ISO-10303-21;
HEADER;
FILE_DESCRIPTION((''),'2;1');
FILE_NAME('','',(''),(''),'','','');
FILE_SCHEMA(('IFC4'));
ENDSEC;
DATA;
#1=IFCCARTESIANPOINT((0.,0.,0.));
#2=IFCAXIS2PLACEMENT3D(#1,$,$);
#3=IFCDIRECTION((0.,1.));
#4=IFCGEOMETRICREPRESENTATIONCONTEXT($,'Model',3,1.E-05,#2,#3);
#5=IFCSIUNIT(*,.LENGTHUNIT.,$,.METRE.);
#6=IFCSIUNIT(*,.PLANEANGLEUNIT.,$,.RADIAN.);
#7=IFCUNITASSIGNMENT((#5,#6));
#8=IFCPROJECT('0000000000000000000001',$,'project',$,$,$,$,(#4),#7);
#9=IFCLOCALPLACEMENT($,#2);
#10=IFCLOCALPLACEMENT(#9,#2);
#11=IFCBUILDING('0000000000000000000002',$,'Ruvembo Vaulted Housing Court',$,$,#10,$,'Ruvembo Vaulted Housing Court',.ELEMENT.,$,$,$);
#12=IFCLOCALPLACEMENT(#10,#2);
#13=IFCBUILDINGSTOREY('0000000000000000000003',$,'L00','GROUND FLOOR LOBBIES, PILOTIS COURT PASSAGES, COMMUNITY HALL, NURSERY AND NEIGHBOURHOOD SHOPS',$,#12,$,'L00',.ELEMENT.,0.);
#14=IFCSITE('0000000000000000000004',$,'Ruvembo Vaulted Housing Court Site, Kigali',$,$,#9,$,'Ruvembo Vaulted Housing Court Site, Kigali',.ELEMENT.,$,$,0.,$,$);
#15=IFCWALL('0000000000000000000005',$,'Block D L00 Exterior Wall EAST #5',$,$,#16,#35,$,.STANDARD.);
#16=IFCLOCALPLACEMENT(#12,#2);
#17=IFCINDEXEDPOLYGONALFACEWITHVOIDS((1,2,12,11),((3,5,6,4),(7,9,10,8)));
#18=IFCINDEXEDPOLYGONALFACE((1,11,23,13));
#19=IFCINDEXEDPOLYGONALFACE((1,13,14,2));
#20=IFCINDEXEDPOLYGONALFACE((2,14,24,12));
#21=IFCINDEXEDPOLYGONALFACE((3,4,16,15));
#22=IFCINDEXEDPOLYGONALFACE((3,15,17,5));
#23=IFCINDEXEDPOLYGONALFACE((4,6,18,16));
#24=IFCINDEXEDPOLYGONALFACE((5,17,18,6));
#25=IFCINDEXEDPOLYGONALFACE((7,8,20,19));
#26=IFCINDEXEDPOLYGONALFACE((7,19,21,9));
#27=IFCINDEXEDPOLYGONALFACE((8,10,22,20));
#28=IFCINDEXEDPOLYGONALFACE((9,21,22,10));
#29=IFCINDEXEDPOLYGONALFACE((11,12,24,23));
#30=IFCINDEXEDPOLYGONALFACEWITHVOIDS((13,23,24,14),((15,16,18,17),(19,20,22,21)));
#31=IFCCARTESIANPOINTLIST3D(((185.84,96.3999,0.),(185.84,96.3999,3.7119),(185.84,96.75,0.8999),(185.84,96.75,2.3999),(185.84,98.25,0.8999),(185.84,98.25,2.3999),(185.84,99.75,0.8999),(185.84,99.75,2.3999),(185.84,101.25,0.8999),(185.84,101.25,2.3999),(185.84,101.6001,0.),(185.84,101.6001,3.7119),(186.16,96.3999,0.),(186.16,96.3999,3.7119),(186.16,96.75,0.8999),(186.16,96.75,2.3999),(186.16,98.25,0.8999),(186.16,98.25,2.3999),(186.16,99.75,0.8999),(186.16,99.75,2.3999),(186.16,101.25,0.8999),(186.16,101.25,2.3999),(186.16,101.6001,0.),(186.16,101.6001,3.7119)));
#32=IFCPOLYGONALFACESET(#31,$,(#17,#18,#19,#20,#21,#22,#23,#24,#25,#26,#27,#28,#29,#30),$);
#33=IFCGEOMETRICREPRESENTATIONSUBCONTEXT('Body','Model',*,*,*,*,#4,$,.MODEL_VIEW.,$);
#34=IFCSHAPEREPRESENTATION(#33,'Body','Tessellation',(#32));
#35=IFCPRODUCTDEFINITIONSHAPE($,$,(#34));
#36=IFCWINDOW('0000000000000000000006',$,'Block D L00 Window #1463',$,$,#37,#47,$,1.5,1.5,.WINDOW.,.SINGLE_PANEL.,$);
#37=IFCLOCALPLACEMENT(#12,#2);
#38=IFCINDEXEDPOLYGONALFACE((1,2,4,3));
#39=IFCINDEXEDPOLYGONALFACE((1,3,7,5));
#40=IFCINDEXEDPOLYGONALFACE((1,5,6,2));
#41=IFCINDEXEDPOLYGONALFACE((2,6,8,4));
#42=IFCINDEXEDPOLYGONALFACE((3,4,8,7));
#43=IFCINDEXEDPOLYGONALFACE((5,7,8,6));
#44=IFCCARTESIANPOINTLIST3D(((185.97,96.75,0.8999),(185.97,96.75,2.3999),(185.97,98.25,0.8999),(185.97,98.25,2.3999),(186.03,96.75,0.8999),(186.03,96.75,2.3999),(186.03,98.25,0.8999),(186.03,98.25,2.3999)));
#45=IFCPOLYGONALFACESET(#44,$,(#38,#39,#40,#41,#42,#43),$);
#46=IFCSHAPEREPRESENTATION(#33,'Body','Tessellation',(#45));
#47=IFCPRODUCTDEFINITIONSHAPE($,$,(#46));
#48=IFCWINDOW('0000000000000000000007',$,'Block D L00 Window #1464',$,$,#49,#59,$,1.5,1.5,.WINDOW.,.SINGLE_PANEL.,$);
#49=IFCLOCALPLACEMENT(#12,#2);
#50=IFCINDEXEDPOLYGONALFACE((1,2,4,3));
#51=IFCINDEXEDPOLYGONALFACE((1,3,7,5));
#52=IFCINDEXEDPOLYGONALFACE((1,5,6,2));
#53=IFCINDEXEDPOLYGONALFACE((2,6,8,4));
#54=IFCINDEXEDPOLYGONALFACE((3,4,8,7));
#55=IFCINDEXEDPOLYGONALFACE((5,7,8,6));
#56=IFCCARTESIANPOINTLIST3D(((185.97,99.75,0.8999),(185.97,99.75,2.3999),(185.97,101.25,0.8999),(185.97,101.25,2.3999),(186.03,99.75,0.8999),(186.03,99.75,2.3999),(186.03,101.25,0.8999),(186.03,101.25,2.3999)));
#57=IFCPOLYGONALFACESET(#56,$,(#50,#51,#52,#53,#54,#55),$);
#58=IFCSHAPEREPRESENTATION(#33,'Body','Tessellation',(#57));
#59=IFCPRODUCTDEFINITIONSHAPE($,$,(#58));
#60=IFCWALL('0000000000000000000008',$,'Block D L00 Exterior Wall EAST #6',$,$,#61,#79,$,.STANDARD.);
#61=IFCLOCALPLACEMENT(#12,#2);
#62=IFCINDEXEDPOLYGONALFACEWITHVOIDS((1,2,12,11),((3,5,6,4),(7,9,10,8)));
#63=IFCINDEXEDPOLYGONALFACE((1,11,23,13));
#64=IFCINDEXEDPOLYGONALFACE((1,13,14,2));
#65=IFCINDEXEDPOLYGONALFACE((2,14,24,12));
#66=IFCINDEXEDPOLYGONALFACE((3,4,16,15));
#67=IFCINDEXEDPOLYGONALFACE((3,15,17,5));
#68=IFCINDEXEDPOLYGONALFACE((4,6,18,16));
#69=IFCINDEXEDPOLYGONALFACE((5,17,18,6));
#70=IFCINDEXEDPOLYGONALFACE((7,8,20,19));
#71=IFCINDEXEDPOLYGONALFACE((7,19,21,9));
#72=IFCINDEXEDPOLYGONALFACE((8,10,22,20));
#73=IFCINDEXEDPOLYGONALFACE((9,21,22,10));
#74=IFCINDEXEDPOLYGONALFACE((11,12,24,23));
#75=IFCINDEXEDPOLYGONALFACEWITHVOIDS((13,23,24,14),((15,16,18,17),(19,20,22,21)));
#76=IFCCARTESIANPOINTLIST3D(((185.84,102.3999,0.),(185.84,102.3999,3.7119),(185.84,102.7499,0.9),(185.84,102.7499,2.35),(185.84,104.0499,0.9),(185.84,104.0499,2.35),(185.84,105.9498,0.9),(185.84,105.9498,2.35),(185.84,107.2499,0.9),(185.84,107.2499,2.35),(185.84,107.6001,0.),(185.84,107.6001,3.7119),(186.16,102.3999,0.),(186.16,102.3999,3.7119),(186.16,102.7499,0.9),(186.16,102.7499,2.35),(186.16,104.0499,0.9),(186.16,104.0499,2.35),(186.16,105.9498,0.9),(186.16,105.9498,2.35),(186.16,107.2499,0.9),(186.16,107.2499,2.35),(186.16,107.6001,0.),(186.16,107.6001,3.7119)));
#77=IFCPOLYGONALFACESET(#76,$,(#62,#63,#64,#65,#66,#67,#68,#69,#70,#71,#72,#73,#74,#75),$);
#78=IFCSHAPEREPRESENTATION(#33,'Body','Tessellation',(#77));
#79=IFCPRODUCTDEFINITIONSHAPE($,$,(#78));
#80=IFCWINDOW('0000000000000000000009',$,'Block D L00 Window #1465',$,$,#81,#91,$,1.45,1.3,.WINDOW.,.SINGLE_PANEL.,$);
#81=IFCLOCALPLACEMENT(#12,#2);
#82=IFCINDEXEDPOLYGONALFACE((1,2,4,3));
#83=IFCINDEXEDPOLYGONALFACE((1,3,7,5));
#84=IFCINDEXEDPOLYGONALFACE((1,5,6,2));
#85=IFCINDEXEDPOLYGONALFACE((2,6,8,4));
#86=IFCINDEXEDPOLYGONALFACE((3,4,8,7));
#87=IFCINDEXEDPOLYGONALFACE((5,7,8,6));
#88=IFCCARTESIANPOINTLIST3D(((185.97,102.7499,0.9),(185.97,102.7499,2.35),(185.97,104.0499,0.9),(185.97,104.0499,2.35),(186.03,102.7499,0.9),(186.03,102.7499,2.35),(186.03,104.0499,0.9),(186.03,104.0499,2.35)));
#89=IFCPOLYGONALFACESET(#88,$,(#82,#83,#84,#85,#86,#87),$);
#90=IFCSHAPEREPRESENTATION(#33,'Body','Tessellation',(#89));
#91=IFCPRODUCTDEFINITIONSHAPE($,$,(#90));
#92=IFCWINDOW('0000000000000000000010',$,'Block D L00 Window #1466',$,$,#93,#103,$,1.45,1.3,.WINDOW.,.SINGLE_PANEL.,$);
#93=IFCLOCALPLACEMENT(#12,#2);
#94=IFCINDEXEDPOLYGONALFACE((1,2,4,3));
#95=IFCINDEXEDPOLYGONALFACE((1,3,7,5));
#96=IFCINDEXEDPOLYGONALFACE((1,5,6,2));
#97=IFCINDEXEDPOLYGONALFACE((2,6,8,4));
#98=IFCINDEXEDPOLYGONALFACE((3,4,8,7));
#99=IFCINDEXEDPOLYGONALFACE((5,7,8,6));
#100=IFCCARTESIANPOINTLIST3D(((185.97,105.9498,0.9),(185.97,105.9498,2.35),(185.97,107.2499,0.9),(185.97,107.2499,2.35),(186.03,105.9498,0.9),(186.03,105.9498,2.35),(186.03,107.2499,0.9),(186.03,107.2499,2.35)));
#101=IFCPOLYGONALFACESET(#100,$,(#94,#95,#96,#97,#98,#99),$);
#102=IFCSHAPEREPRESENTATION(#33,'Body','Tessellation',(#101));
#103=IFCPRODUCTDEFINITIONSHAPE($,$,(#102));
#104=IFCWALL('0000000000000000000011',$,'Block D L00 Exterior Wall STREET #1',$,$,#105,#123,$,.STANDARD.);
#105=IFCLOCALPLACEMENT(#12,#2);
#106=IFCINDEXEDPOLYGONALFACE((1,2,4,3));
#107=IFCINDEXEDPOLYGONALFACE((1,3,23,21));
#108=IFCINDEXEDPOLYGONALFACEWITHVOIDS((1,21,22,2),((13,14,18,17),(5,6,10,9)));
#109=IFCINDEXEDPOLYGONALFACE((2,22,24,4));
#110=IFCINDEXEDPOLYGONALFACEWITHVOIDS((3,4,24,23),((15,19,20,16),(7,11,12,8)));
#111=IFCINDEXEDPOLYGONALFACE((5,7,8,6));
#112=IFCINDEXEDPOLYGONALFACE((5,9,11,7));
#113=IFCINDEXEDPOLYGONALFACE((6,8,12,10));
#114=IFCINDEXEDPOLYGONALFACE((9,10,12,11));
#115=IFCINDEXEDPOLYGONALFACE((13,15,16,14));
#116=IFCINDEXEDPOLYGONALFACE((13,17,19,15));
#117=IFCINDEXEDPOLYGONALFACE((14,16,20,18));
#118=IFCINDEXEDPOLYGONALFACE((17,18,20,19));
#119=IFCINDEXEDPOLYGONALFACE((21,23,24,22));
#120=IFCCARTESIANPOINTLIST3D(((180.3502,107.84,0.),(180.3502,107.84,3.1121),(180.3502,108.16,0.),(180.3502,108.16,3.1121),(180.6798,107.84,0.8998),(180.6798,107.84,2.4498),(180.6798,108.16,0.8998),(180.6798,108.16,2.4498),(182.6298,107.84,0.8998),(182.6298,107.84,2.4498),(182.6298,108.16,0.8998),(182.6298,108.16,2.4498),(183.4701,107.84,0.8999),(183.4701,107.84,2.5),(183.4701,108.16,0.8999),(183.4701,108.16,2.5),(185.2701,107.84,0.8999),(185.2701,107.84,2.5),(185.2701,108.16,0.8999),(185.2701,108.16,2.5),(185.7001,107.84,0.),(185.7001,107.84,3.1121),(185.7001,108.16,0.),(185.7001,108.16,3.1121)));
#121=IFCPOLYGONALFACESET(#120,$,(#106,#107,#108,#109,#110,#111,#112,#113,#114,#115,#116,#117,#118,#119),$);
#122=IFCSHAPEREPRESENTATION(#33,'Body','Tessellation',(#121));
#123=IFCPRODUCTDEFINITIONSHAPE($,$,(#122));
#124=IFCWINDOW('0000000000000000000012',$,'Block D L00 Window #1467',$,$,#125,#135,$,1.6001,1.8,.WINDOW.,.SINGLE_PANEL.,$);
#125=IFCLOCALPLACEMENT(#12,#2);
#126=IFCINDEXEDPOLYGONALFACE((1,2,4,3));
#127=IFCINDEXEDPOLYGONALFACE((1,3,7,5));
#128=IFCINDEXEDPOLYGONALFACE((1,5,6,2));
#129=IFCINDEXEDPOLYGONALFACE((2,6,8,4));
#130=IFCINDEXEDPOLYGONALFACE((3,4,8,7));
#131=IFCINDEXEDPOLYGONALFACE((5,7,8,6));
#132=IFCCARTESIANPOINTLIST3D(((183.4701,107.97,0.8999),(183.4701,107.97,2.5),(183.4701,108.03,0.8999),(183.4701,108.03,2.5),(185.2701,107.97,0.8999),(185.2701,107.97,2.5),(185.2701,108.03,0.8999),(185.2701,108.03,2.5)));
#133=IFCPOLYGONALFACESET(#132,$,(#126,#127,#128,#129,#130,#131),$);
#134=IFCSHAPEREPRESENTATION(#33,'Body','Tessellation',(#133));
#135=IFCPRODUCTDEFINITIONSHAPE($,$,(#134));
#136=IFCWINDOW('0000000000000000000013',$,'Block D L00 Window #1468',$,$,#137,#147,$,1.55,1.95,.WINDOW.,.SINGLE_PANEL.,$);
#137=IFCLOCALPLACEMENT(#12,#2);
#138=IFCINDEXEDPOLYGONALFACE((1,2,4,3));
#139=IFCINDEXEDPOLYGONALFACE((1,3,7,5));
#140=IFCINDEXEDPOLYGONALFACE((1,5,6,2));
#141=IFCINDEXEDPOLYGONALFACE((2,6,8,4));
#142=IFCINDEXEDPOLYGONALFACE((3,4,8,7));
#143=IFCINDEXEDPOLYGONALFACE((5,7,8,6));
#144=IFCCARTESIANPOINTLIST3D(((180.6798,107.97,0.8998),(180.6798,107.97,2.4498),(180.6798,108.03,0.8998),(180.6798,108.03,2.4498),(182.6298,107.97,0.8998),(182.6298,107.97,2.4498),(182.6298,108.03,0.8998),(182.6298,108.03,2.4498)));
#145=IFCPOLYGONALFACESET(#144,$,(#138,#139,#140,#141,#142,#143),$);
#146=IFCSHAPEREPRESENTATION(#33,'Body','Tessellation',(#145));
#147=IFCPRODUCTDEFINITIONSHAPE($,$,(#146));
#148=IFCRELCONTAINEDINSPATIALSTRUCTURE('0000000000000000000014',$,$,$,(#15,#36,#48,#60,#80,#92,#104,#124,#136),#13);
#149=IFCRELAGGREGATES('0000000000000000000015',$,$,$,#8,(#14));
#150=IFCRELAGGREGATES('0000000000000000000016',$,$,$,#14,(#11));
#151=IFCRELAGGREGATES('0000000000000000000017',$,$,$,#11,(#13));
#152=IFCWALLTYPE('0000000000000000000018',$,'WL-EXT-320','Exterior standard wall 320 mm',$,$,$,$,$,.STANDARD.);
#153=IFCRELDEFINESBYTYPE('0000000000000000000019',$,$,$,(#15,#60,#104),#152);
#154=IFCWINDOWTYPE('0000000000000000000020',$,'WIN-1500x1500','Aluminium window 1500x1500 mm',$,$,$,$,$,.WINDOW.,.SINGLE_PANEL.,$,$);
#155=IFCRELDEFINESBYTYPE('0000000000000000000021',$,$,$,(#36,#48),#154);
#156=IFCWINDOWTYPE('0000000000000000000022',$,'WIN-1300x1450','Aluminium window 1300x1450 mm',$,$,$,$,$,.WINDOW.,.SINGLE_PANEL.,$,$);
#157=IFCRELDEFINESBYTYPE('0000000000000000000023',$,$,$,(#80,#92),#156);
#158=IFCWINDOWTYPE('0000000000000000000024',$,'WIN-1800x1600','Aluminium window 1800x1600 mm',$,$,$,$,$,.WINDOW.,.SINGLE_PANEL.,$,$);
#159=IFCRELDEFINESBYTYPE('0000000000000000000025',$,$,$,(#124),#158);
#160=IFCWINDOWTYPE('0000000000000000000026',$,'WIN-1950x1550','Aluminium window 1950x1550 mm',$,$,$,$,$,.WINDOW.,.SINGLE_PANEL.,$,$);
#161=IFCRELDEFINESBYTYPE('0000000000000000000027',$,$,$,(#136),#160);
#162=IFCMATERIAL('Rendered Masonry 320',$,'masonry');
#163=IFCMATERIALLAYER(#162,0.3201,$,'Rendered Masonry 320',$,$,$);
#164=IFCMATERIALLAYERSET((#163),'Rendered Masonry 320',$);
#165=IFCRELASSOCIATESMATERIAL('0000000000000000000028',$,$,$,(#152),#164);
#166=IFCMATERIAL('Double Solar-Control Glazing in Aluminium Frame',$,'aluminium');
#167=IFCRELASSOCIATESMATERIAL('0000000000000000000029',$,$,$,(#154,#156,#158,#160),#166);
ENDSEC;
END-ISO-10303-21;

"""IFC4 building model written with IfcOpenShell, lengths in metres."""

from ifc_helpers import new_model, si_unit, direction, frame, frame_2d, origin, place, context, subcontext, project, spatial, rectangle, extrude, material, layer, layer_set, type_object, element, fill, save


model = new_model("IFC4")

# Units and contexts
model_context = context("Model", 3, precision=1e-05, world=origin(), true_north=direction((0.0, 1.0)))
body_context = subcontext(model_context, "Body", "Model", "MODEL_VIEW")
ifc_project = project(units=[si_unit("LENGTHUNIT", "METRE"), si_unit("PLANEANGLEUNIT", "RADIAN")], contexts=[model_context])

# Site, building, storey
site_placement = place(None, origin())
site = spatial("IfcSite", under=ifc_project, at=site_placement, Name="Ruvembo Vaulted Housing Court Site, Kigali", LongName="Ruvembo Vaulted Housing Court Site, Kigali", CompositionType="ELEMENT", RefElevation=0.0)
building_placement = place(site_placement, origin())
building = spatial("IfcBuilding", under=site, at=building_placement, Name="Ruvembo Vaulted Housing Court", LongName="Ruvembo Vaulted Housing Court", CompositionType="ELEMENT")
storey_placement = place(building_placement, origin())
storey = spatial("IfcBuildingStorey", under=building, at=storey_placement, Name="L00", Description="GROUND FLOOR LOBBIES, PILOTIS COURT PASSAGES, COMMUNITY HALL, NURSERY AND NEIGHBOURHOOD SHOPS", LongName="L00", CompositionType="ELEMENT", Elevation=0.0)

# Walls, openings, windows
ifc_material_1 = material(Name="Rendered Masonry 320", Category="masonry")
ifc_layer = layer(ifc_material_1, 0.3201, Name="Rendered Masonry 320")
ifc_layer_set = layer_set([ifc_layer], Name="Rendered Masonry 320")
wall_type = type_object("IfcWallType", Name="WL-EXT-320", Description="Exterior standard wall 320 mm", PredefinedType="STANDARD", material=ifc_layer_set)
wall_1_placement = place(storey_placement, frame((186.0, 96.3999, 0.0), z_axis=(0.0, 0.0, 1.0), x_axis=(0.0, 1.0, 0.0)))
wall_1 = element("IfcWall", 1, at=wall_1_placement, inside=storey, type_object=wall_type, Name="Block D L00 Exterior Wall EAST #5", PredefinedType="STANDARD", context=body_context, shape_type="SweptSolid", body=[
    extrude(rectangle(XDim=5.2002, YDim=0.3201, at=frame_2d((2.6001, 0.0))), origin(), (0.0, 0.0, 1.0), 3.7119),
])
opening_1_placement = place(wall_1_placement, frame((0.3501, 0.0, 0.8999)))
opening_1 = element("IfcOpeningElement", 2, at=opening_1_placement, cuts=wall_1, PredefinedType="OPENING", context=body_context, shape_type="SweptSolid", body=[
    extrude(rectangle(XDim=1.5, YDim=1.5, at=frame_2d((0.75, 0.75))), frame((0.0, 0.1699, 0.0), z_axis=(0.0, -1.0, 0.0), x_axis=(1.0, 0.0, 0.0)), (0.0, 0.0, 1.0), 0.3401),
])
opening_2_placement = place(wall_1_placement, frame((3.3501, 0.0, 0.8999)))
opening_2 = element("IfcOpeningElement", 3, at=opening_2_placement, cuts=wall_1, PredefinedType="OPENING", context=body_context, shape_type="SweptSolid", body=[
    extrude(rectangle(XDim=1.5, YDim=1.5, at=frame_2d((0.75, 0.75))), frame((0.0, 0.1699, 0.0), z_axis=(0.0, -1.0, 0.0), x_axis=(1.0, 0.0, 0.0)), (0.0, 0.0, 1.0), 0.3401),
])
ifc_material_2 = material(Name="Double Solar-Control Glazing in Aluminium Frame", Category="aluminium")
window_type_1 = type_object("IfcWindowType", Name="WIN-1500x1500", Description="Aluminium window 1500x1500 mm", PartitioningType="SINGLE_PANEL", PredefinedType="WINDOW", material=ifc_material_2)
window_1_placement = place(opening_1_placement, origin())
window_1 = element("IfcWindow", 4, at=window_1_placement, inside=storey, type_object=window_type_1, Name="Block D L00 Window #1463", OverallHeight=1.5, OverallWidth=1.5, PartitioningType="SINGLE_PANEL", PredefinedType="WINDOW", context=body_context, shape_type="SweptSolid", body=[
    extrude(rectangle(XDim=1.5, YDim=1.5, at=frame_2d((0.75, 0.75))), frame((0.0, 0.03, 0.0), z_axis=(0.0, -1.0, 0.0), x_axis=(1.0, 0.0, 0.0)), (0.0, 0.0, 1.0), 0.0601),
])
fill(opening_1, window_1)
window_2_placement = place(opening_2_placement, origin())
window_2 = element("IfcWindow", 5, at=window_2_placement, inside=storey, type_object=window_type_1, Name="Block D L00 Window #1464", OverallHeight=1.5, OverallWidth=1.5, PartitioningType="SINGLE_PANEL", PredefinedType="WINDOW", context=body_context, shape_type="SweptSolid", body=[
    extrude(rectangle(XDim=1.5, YDim=1.5, at=frame_2d((0.75, 0.75))), frame((0.0, 0.03, 0.0), z_axis=(0.0, -1.0, 0.0), x_axis=(1.0, 0.0, 0.0)), (0.0, 0.0, 1.0), 0.0601),
])
fill(opening_2, window_2)
wall_2_placement = place(storey_placement, frame((186.0, 102.3999, 0.0), z_axis=(0.0, 0.0, 1.0), x_axis=(0.0, 1.0, 0.0)))
wall_2 = element("IfcWall", 6, at=wall_2_placement, inside=storey, type_object=wall_type, Name="Block D L00 Exterior Wall EAST #6", PredefinedType="STANDARD", context=body_context, shape_type="SweptSolid", body=[
    extrude(rectangle(XDim=5.2002, YDim=0.3201, at=frame_2d((2.6001, 0.0))), origin(), (0.0, 0.0, 1.0), 3.7119),
])
opening_3_placement = place(wall_2_placement, frame((0.3501, 0.0, 0.8999)))
opening_3 = element("IfcOpeningElement", 7, at=opening_3_placement, cuts=wall_2, PredefinedType="OPENING", context=body_context, shape_type="SweptSolid", body=[
    extrude(rectangle(XDim=1.3, YDim=1.45, at=frame_2d((0.6499, 0.7251))), frame((0.0, 0.1699, 0.0), z_axis=(0.0, -1.0, 0.0), x_axis=(1.0, 0.0, 0.0)), (0.0, 0.0, 1.0), 0.3401),
])
opening_4_placement = place(wall_2_placement, frame((3.55, 0.0, 0.8999)))
opening_4 = element("IfcOpeningElement", 8, at=opening_4_placement, cuts=wall_2, PredefinedType="OPENING", context=body_context, shape_type="SweptSolid", body=[
    extrude(rectangle(XDim=1.3, YDim=1.45, at=frame_2d((0.6499, 0.7251))), frame((0.0, 0.1699, 0.0), z_axis=(0.0, -1.0, 0.0), x_axis=(1.0, 0.0, 0.0)), (0.0, 0.0, 1.0), 0.3401),
])
window_type_2 = type_object("IfcWindowType", Name="WIN-1300x1450", Description="Aluminium window 1300x1450 mm", PartitioningType="SINGLE_PANEL", PredefinedType="WINDOW", material=ifc_material_2)
window_3_placement = place(opening_3_placement, origin())
window_3 = element("IfcWindow", 9, at=window_3_placement, inside=storey, type_object=window_type_2, Name="Block D L00 Window #1465", OverallHeight=1.45, OverallWidth=1.3, PartitioningType="SINGLE_PANEL", PredefinedType="WINDOW", context=body_context, shape_type="SweptSolid", body=[
    extrude(rectangle(XDim=1.3, YDim=1.45, at=frame_2d((0.6499, 0.7251))), frame((0.0, 0.03, 0.0), z_axis=(0.0, -1.0, 0.0), x_axis=(1.0, 0.0, 0.0)), (0.0, 0.0, 1.0), 0.0601),
])
fill(opening_3, window_3)
window_4_placement = place(opening_4_placement, origin())
window_4 = element("IfcWindow", 10, at=window_4_placement, inside=storey, type_object=window_type_2, Name="Block D L00 Window #1466", OverallHeight=1.45, OverallWidth=1.3, PartitioningType="SINGLE_PANEL", PredefinedType="WINDOW", context=body_context, shape_type="SweptSolid", body=[
    extrude(rectangle(XDim=1.3, YDim=1.45, at=frame_2d((0.6499, 0.7251))), frame((0.0, 0.03, 0.0), z_axis=(0.0, -1.0, 0.0), x_axis=(1.0, 0.0, 0.0)), (0.0, 0.0, 1.0), 0.0601),
])
fill(opening_4, window_4)
wall_3_placement = place(storey_placement, frame((185.7, 108.0, 0.0), z_axis=(0.0, 0.0, 1.0), x_axis=(-1.0, 0.0, 0.0)))
wall_3 = element("IfcWall", 11, at=wall_3_placement, inside=storey, type_object=wall_type, Name="Block D L00 Exterior Wall STREET #1", PredefinedType="STANDARD", context=body_context, shape_type="SweptSolid", body=[
    extrude(rectangle(XDim=5.3499, YDim=0.3201, at=frame_2d((2.6748, 0.0))), origin(), (0.0, 0.0, 1.0), 3.1121),
])
opening_5_placement = place(wall_3_placement, frame((0.4299, 0.0, 0.8999)))
opening_5 = element("IfcOpeningElement", 12, at=opening_5_placement, cuts=wall_3, PredefinedType="OPENING", context=body_context, shape_type="SweptSolid", body=[
    extrude(rectangle(XDim=1.8, YDim=1.6001, at=frame_2d((0.8999, 0.8))), frame((0.0, 0.1699, 0.0), z_axis=(0.0, -1.0, 0.0), x_axis=(1.0, 0.0, 0.0)), (0.0, 0.0, 1.0), 0.3401),
])
opening_6_placement = place(wall_3_placement, frame((3.0701, 0.0, 0.8999)))
opening_6 = element("IfcOpeningElement", 13, at=opening_6_placement, cuts=wall_3, PredefinedType="OPENING", context=body_context, shape_type="SweptSolid", body=[
    extrude(rectangle(XDim=1.95, YDim=1.55, at=frame_2d((0.9751, 0.7749))), frame((0.0, 0.1699, 0.0), z_axis=(0.0, -1.0, 0.0), x_axis=(1.0, 0.0, 0.0)), (0.0, 0.0, 1.0), 0.3401),
])
window_type_3 = type_object("IfcWindowType", Name="WIN-1800x1600", Description="Aluminium window 1800x1600 mm", PartitioningType="SINGLE_PANEL", PredefinedType="WINDOW", material=ifc_material_2)
window_5_placement = place(opening_5_placement, origin())
window_5 = element("IfcWindow", 14, at=window_5_placement, inside=storey, type_object=window_type_3, Name="Block D L00 Window #1467", OverallHeight=1.6001, OverallWidth=1.8, PartitioningType="SINGLE_PANEL", PredefinedType="WINDOW", context=body_context, shape_type="SweptSolid", body=[
    extrude(rectangle(XDim=1.8, YDim=1.6001, at=frame_2d((0.8999, 0.8))), frame((0.0, 0.03, 0.0), z_axis=(0.0, -1.0, 0.0), x_axis=(1.0, 0.0, 0.0)), (0.0, 0.0, 1.0), 0.0601),
])
fill(opening_5, window_5)
window_type_4 = type_object("IfcWindowType", Name="WIN-1950x1550", Description="Aluminium window 1950x1550 mm", PartitioningType="SINGLE_PANEL", PredefinedType="WINDOW", material=ifc_material_2)
window_6_placement = place(opening_6_placement, origin())
window_6 = element("IfcWindow", 15, at=window_6_placement, inside=storey, type_object=window_type_4, Name="Block D L00 Window #1468", OverallHeight=1.55, OverallWidth=1.95, PartitioningType="SINGLE_PANEL", PredefinedType="WINDOW", context=body_context, shape_type="SweptSolid", body=[
    extrude(rectangle(XDim=1.95, YDim=1.55, at=frame_2d((0.9751, 0.7749))), frame((0.0, 0.03, 0.0), z_axis=(0.0, -1.0, 0.0), x_axis=(1.0, 0.0, 0.0)), (0.0, 0.0, 1.0), 0.0601),
])
fill(opening_6, window_6)

save(model, "model.ifc")
